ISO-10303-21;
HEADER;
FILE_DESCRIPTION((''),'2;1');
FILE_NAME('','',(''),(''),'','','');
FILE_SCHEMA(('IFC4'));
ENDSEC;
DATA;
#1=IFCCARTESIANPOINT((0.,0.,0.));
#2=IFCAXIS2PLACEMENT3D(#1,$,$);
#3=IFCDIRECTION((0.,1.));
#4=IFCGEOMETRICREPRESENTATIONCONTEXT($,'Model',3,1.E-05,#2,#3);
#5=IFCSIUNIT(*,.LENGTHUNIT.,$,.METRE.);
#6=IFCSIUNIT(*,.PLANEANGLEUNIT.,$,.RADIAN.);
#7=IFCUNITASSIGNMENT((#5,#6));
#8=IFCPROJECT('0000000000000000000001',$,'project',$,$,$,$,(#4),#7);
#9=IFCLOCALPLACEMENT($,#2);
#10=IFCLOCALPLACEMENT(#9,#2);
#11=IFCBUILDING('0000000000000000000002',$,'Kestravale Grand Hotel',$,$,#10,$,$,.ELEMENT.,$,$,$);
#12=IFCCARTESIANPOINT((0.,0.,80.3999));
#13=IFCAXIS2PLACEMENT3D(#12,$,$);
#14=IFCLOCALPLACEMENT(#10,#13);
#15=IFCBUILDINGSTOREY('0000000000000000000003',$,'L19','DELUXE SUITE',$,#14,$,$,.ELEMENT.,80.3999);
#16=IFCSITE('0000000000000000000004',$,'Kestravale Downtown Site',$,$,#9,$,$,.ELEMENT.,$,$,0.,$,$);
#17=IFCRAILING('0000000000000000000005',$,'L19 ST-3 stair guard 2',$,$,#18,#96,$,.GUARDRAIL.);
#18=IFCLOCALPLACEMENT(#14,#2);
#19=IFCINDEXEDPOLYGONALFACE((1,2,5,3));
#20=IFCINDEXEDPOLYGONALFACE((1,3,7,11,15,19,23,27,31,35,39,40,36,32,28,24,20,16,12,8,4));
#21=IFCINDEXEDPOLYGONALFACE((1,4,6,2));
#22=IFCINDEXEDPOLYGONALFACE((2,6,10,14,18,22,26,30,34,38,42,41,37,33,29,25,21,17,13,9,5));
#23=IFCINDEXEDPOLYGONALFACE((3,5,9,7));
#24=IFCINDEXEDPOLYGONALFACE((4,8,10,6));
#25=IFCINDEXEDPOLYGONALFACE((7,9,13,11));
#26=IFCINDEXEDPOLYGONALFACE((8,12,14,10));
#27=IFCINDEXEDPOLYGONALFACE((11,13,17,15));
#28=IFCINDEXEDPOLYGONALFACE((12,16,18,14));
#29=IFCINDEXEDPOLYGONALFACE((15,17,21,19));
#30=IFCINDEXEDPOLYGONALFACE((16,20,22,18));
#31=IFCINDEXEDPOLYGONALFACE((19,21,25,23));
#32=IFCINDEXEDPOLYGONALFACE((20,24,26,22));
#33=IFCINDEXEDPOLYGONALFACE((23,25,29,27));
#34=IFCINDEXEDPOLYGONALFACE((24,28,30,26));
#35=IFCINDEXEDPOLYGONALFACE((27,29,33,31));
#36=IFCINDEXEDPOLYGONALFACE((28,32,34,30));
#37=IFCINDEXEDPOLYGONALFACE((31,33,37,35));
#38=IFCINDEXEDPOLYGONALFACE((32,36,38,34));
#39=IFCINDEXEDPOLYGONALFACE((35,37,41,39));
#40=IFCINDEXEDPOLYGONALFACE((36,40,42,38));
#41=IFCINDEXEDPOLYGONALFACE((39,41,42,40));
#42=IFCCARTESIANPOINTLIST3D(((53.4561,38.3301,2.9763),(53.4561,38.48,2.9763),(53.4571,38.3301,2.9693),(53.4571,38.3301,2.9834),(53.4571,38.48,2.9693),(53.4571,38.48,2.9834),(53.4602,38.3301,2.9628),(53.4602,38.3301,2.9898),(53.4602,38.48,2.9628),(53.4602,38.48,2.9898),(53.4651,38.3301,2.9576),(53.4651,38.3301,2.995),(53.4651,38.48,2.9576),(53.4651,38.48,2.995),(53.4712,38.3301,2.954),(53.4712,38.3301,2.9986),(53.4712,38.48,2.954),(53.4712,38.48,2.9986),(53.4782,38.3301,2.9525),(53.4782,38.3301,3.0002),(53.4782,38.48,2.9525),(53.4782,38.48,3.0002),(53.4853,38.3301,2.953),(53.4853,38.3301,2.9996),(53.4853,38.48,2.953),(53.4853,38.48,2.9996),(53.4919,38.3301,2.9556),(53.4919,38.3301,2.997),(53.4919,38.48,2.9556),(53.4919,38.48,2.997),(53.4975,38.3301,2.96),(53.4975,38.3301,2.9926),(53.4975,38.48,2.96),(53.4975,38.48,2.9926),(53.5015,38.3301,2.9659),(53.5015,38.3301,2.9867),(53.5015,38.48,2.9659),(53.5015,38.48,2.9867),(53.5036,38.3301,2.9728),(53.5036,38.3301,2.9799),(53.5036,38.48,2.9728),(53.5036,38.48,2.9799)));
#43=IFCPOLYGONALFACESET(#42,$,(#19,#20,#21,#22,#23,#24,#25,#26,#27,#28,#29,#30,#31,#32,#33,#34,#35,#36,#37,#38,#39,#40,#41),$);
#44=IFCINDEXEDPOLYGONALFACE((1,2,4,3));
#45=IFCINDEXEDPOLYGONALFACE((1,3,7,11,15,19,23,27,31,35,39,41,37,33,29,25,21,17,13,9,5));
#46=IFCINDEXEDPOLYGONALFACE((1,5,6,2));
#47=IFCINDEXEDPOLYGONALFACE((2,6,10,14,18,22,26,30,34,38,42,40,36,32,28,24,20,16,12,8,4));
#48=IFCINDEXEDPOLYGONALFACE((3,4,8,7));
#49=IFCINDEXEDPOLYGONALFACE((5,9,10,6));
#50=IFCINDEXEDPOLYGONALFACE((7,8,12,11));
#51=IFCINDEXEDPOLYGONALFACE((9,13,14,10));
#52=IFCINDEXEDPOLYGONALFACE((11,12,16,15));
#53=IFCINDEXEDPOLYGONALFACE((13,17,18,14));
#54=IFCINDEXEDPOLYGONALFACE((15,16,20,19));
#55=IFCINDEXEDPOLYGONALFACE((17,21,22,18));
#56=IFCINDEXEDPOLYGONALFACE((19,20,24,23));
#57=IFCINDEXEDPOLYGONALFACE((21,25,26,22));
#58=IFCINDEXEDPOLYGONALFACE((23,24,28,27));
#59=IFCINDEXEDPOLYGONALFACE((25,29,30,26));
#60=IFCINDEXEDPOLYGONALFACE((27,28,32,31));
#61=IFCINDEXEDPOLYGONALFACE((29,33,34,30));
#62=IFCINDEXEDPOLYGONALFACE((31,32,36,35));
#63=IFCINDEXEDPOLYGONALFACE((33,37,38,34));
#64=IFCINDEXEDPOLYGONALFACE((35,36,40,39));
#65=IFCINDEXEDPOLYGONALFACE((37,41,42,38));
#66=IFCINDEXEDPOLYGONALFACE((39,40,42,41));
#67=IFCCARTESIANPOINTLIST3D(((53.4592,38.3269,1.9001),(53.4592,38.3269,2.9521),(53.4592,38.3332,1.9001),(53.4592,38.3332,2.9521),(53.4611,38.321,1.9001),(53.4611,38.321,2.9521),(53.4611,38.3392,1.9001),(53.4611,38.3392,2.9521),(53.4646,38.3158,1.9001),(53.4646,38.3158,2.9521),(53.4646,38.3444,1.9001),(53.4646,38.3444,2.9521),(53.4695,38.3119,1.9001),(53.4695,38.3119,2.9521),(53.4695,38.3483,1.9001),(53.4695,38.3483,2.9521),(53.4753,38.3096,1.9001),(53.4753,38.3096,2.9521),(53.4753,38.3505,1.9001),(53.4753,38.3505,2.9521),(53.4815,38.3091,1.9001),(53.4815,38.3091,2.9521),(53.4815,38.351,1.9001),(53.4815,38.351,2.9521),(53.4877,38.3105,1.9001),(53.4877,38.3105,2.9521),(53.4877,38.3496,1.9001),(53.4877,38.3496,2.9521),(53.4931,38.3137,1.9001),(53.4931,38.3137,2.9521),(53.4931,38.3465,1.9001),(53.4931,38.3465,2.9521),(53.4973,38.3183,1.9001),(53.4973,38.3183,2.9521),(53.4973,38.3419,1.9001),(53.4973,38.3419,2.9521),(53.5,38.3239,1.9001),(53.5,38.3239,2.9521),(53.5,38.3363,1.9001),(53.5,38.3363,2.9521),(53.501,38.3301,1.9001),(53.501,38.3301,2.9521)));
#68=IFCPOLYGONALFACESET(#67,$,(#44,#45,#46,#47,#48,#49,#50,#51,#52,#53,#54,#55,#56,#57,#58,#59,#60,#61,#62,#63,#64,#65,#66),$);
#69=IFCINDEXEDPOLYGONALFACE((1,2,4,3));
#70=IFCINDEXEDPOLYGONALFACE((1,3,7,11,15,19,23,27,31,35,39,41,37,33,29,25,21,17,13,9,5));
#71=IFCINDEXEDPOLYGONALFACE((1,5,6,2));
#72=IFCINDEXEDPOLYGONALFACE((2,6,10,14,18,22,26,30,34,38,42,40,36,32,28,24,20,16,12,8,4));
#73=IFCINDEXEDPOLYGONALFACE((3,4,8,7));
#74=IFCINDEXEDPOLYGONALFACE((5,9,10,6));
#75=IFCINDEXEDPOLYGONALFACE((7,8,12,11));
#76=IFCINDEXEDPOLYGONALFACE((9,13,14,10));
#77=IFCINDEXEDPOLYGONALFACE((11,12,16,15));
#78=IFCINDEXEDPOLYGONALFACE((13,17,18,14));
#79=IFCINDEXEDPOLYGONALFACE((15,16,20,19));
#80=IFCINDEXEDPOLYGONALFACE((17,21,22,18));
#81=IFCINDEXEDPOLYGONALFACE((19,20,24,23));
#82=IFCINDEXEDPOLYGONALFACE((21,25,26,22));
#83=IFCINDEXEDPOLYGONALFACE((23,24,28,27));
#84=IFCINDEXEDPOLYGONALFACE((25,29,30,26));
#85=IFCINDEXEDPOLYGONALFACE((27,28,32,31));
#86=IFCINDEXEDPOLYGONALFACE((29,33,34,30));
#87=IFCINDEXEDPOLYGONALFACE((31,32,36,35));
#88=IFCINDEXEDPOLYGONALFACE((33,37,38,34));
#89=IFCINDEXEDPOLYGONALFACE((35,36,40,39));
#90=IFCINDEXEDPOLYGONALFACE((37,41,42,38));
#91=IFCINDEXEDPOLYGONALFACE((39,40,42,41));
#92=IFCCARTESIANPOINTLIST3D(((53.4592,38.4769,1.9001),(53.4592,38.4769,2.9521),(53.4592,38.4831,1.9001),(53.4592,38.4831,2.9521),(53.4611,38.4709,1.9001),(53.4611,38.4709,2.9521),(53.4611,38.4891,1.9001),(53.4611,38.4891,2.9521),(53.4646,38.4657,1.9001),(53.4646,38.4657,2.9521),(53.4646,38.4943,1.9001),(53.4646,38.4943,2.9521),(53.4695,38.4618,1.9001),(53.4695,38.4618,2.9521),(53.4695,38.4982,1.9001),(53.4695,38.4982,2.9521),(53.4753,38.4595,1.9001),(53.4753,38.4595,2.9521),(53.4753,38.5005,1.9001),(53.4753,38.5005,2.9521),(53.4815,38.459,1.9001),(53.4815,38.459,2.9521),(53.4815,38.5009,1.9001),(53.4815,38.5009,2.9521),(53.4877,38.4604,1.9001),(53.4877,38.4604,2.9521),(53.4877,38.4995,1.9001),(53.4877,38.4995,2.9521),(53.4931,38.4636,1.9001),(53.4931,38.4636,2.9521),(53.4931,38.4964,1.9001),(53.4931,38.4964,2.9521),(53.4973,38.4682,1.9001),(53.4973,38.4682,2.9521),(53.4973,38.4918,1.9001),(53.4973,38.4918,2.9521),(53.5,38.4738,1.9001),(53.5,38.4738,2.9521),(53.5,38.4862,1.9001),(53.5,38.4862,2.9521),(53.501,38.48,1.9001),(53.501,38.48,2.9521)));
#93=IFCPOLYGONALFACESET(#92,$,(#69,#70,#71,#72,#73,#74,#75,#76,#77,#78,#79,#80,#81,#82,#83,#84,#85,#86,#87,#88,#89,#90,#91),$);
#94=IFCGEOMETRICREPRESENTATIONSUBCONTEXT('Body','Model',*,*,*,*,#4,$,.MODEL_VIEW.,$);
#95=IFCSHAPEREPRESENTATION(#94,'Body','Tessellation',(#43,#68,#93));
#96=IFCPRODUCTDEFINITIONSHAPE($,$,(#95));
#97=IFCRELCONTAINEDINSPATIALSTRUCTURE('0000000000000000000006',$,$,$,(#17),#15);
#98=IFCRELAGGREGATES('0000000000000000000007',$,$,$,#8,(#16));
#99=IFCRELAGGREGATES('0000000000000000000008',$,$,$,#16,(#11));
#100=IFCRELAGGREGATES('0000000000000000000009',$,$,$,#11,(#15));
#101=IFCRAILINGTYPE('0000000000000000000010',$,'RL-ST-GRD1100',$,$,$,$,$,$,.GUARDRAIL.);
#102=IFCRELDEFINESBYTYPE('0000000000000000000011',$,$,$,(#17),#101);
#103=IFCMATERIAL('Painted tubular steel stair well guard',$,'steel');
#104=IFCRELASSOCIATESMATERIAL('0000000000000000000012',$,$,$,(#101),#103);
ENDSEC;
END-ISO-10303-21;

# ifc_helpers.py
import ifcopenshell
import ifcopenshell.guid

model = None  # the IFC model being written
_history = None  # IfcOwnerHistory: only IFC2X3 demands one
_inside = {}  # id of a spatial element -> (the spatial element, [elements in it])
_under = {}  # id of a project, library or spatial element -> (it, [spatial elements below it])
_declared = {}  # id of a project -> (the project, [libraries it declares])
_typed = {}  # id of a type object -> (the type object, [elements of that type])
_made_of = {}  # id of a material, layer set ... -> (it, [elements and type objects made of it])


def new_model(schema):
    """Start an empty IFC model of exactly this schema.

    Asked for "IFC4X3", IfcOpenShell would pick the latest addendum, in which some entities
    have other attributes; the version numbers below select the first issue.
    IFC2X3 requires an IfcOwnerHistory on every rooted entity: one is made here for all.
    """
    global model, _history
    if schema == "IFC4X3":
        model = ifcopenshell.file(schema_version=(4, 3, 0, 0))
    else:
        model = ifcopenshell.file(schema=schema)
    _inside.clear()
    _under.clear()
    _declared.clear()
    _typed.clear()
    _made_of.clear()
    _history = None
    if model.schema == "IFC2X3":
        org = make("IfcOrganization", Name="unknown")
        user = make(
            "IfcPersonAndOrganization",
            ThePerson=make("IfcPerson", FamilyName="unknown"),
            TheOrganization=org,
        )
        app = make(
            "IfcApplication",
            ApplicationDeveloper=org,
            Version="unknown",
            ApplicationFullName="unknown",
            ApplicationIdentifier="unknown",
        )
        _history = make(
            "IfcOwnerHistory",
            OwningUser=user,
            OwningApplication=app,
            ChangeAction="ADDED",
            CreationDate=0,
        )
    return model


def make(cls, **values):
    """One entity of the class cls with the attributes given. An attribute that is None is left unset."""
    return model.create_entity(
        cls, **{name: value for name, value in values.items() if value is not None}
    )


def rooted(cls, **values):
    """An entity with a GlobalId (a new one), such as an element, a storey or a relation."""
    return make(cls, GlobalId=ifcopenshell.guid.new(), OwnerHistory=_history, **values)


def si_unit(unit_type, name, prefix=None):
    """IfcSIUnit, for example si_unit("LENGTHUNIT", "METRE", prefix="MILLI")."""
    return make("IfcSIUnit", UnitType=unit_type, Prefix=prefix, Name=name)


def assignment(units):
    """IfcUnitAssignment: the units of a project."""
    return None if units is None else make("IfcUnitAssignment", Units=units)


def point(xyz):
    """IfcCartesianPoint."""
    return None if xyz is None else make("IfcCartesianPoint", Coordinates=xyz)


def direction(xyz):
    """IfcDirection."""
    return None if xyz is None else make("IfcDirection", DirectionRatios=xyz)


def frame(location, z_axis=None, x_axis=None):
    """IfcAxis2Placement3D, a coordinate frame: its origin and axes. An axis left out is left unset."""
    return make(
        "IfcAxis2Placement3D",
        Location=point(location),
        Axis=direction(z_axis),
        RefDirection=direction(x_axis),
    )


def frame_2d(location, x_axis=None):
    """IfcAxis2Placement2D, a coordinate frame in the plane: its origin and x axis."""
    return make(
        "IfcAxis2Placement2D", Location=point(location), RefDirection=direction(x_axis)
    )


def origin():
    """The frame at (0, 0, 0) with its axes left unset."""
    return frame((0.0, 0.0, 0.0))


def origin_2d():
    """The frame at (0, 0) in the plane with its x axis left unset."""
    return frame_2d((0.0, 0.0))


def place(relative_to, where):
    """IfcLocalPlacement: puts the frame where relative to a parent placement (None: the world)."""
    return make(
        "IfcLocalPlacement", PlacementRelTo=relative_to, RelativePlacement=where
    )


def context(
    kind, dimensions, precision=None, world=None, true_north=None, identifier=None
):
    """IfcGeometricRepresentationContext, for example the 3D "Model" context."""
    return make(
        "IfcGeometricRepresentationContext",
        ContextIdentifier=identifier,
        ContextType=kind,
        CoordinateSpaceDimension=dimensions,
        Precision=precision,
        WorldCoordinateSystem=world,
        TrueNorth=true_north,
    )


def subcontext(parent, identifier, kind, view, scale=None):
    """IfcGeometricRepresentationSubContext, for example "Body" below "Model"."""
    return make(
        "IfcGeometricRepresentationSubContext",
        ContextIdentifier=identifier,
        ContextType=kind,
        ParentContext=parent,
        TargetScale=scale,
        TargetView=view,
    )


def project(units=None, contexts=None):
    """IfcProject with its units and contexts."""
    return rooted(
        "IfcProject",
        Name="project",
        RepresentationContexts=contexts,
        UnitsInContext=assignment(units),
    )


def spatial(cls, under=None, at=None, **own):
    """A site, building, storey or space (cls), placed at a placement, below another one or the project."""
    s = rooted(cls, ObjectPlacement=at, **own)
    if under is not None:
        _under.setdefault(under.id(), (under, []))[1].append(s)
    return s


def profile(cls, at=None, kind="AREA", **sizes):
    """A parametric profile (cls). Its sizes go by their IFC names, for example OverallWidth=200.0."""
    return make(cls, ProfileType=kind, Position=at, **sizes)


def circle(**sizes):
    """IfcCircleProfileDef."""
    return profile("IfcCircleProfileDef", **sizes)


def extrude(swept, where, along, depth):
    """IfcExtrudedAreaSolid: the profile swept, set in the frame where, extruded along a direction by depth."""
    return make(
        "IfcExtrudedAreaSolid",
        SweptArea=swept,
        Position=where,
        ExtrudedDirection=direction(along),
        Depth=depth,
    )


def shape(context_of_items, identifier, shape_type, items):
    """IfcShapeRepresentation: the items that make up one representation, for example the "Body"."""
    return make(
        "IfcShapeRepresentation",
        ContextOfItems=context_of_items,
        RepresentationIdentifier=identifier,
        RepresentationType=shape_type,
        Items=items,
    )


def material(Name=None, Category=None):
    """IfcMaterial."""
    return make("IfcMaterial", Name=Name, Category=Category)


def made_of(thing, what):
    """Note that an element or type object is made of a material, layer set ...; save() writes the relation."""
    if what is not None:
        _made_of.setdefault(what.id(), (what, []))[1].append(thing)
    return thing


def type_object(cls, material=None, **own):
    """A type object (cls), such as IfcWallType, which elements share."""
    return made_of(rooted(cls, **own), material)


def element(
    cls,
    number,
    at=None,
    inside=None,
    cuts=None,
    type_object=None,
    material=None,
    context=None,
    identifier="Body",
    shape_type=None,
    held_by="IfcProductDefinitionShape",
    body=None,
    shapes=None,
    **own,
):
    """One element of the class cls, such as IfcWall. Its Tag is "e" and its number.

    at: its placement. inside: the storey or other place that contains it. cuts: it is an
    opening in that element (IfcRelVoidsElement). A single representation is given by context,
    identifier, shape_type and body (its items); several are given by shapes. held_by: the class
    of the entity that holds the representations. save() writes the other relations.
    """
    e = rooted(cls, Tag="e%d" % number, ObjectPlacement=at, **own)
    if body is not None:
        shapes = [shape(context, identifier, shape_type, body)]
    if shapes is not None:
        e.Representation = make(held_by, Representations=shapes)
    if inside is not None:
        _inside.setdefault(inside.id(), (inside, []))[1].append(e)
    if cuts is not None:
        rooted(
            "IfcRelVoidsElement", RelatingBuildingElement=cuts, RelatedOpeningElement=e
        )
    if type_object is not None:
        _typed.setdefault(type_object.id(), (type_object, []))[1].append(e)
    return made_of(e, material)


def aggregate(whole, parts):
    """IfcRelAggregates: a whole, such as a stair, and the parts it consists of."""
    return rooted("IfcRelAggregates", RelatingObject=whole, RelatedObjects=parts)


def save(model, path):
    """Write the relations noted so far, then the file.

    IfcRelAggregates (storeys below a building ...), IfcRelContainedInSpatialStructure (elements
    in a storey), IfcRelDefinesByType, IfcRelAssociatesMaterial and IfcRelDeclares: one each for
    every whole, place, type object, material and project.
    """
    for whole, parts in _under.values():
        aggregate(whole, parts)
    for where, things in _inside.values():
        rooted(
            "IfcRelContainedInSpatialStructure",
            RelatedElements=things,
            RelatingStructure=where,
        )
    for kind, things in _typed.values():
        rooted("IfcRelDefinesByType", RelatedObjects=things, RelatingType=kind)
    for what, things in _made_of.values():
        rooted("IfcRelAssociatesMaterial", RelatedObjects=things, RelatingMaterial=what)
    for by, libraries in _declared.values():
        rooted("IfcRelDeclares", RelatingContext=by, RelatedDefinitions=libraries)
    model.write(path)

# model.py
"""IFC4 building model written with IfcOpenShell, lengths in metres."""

from ifc_helpers import new_model, si_unit, direction, frame, origin, origin_2d, place, context, subcontext, project, spatial, circle, extrude, material, type_object, element, save


model = new_model("IFC4")

# Units and contexts
model_context = context("Model", 3, precision=1e-05, world=origin(), true_north=direction((0.0, 1.0)))
body_context = subcontext(model_context, "Body", "Model", "MODEL_VIEW")
ifc_project = project(units=[si_unit("LENGTHUNIT", "METRE"), si_unit("PLANEANGLEUNIT", "RADIAN")], contexts=[model_context])

# Site, building, storey
site_placement = place(None, origin())
site = spatial("IfcSite", under=ifc_project, at=site_placement, Name="Kestravale Downtown Site", CompositionType="ELEMENT", RefElevation=0.0)
building_placement = place(site_placement, origin())
building = spatial("IfcBuilding", under=site, at=building_placement, Name="Kestravale Grand Hotel", CompositionType="ELEMENT")
storey_placement = place(building_placement, frame((0.0, 0.0, 80.3999)))
storey = spatial("IfcBuildingStorey", under=building, at=storey_placement, Name="L19", Description="DELUXE SUITE", CompositionType="ELEMENT", Elevation=80.3999)

# Railing
ifc_material_1 = material(Name="Painted tubular steel stair well guard", Category="steel")
railing_type_1 = type_object("IfcRailingType", Name="RL-ST-GRD1100", PredefinedType="GUARDRAIL", material=ifc_material_1)
railing_1_placement = place(storey_placement, frame((53.48, 38.3301, 1.9001)))
element("IfcRailing", 1, at=railing_1_placement, inside=storey, type_object=railing_type_1, Name="L19 ST-3 stair guard 2", PredefinedType="GUARDRAIL", context=body_context, shape_type="SweptSolid", body=[
    extrude(circle(Radius=0.0239, at=origin_2d()), frame((0.0, 0.0, 1.0762), z_axis=(0.0, 1.0, 0.0), x_axis=(-1.0, 0.0, 0.0)), (0.0, 0.0, 1.0), 0.1499),
    extrude(circle(Radius=0.021, at=origin_2d()), origin(), (0.0, 0.0, 1.0), 1.052),
    extrude(circle(Radius=0.021, at=origin_2d()), frame((0.0, 0.1499, 0.0)), (0.0, 0.0, 1.0), 1.052),
])

save(model, "model.ifc")
